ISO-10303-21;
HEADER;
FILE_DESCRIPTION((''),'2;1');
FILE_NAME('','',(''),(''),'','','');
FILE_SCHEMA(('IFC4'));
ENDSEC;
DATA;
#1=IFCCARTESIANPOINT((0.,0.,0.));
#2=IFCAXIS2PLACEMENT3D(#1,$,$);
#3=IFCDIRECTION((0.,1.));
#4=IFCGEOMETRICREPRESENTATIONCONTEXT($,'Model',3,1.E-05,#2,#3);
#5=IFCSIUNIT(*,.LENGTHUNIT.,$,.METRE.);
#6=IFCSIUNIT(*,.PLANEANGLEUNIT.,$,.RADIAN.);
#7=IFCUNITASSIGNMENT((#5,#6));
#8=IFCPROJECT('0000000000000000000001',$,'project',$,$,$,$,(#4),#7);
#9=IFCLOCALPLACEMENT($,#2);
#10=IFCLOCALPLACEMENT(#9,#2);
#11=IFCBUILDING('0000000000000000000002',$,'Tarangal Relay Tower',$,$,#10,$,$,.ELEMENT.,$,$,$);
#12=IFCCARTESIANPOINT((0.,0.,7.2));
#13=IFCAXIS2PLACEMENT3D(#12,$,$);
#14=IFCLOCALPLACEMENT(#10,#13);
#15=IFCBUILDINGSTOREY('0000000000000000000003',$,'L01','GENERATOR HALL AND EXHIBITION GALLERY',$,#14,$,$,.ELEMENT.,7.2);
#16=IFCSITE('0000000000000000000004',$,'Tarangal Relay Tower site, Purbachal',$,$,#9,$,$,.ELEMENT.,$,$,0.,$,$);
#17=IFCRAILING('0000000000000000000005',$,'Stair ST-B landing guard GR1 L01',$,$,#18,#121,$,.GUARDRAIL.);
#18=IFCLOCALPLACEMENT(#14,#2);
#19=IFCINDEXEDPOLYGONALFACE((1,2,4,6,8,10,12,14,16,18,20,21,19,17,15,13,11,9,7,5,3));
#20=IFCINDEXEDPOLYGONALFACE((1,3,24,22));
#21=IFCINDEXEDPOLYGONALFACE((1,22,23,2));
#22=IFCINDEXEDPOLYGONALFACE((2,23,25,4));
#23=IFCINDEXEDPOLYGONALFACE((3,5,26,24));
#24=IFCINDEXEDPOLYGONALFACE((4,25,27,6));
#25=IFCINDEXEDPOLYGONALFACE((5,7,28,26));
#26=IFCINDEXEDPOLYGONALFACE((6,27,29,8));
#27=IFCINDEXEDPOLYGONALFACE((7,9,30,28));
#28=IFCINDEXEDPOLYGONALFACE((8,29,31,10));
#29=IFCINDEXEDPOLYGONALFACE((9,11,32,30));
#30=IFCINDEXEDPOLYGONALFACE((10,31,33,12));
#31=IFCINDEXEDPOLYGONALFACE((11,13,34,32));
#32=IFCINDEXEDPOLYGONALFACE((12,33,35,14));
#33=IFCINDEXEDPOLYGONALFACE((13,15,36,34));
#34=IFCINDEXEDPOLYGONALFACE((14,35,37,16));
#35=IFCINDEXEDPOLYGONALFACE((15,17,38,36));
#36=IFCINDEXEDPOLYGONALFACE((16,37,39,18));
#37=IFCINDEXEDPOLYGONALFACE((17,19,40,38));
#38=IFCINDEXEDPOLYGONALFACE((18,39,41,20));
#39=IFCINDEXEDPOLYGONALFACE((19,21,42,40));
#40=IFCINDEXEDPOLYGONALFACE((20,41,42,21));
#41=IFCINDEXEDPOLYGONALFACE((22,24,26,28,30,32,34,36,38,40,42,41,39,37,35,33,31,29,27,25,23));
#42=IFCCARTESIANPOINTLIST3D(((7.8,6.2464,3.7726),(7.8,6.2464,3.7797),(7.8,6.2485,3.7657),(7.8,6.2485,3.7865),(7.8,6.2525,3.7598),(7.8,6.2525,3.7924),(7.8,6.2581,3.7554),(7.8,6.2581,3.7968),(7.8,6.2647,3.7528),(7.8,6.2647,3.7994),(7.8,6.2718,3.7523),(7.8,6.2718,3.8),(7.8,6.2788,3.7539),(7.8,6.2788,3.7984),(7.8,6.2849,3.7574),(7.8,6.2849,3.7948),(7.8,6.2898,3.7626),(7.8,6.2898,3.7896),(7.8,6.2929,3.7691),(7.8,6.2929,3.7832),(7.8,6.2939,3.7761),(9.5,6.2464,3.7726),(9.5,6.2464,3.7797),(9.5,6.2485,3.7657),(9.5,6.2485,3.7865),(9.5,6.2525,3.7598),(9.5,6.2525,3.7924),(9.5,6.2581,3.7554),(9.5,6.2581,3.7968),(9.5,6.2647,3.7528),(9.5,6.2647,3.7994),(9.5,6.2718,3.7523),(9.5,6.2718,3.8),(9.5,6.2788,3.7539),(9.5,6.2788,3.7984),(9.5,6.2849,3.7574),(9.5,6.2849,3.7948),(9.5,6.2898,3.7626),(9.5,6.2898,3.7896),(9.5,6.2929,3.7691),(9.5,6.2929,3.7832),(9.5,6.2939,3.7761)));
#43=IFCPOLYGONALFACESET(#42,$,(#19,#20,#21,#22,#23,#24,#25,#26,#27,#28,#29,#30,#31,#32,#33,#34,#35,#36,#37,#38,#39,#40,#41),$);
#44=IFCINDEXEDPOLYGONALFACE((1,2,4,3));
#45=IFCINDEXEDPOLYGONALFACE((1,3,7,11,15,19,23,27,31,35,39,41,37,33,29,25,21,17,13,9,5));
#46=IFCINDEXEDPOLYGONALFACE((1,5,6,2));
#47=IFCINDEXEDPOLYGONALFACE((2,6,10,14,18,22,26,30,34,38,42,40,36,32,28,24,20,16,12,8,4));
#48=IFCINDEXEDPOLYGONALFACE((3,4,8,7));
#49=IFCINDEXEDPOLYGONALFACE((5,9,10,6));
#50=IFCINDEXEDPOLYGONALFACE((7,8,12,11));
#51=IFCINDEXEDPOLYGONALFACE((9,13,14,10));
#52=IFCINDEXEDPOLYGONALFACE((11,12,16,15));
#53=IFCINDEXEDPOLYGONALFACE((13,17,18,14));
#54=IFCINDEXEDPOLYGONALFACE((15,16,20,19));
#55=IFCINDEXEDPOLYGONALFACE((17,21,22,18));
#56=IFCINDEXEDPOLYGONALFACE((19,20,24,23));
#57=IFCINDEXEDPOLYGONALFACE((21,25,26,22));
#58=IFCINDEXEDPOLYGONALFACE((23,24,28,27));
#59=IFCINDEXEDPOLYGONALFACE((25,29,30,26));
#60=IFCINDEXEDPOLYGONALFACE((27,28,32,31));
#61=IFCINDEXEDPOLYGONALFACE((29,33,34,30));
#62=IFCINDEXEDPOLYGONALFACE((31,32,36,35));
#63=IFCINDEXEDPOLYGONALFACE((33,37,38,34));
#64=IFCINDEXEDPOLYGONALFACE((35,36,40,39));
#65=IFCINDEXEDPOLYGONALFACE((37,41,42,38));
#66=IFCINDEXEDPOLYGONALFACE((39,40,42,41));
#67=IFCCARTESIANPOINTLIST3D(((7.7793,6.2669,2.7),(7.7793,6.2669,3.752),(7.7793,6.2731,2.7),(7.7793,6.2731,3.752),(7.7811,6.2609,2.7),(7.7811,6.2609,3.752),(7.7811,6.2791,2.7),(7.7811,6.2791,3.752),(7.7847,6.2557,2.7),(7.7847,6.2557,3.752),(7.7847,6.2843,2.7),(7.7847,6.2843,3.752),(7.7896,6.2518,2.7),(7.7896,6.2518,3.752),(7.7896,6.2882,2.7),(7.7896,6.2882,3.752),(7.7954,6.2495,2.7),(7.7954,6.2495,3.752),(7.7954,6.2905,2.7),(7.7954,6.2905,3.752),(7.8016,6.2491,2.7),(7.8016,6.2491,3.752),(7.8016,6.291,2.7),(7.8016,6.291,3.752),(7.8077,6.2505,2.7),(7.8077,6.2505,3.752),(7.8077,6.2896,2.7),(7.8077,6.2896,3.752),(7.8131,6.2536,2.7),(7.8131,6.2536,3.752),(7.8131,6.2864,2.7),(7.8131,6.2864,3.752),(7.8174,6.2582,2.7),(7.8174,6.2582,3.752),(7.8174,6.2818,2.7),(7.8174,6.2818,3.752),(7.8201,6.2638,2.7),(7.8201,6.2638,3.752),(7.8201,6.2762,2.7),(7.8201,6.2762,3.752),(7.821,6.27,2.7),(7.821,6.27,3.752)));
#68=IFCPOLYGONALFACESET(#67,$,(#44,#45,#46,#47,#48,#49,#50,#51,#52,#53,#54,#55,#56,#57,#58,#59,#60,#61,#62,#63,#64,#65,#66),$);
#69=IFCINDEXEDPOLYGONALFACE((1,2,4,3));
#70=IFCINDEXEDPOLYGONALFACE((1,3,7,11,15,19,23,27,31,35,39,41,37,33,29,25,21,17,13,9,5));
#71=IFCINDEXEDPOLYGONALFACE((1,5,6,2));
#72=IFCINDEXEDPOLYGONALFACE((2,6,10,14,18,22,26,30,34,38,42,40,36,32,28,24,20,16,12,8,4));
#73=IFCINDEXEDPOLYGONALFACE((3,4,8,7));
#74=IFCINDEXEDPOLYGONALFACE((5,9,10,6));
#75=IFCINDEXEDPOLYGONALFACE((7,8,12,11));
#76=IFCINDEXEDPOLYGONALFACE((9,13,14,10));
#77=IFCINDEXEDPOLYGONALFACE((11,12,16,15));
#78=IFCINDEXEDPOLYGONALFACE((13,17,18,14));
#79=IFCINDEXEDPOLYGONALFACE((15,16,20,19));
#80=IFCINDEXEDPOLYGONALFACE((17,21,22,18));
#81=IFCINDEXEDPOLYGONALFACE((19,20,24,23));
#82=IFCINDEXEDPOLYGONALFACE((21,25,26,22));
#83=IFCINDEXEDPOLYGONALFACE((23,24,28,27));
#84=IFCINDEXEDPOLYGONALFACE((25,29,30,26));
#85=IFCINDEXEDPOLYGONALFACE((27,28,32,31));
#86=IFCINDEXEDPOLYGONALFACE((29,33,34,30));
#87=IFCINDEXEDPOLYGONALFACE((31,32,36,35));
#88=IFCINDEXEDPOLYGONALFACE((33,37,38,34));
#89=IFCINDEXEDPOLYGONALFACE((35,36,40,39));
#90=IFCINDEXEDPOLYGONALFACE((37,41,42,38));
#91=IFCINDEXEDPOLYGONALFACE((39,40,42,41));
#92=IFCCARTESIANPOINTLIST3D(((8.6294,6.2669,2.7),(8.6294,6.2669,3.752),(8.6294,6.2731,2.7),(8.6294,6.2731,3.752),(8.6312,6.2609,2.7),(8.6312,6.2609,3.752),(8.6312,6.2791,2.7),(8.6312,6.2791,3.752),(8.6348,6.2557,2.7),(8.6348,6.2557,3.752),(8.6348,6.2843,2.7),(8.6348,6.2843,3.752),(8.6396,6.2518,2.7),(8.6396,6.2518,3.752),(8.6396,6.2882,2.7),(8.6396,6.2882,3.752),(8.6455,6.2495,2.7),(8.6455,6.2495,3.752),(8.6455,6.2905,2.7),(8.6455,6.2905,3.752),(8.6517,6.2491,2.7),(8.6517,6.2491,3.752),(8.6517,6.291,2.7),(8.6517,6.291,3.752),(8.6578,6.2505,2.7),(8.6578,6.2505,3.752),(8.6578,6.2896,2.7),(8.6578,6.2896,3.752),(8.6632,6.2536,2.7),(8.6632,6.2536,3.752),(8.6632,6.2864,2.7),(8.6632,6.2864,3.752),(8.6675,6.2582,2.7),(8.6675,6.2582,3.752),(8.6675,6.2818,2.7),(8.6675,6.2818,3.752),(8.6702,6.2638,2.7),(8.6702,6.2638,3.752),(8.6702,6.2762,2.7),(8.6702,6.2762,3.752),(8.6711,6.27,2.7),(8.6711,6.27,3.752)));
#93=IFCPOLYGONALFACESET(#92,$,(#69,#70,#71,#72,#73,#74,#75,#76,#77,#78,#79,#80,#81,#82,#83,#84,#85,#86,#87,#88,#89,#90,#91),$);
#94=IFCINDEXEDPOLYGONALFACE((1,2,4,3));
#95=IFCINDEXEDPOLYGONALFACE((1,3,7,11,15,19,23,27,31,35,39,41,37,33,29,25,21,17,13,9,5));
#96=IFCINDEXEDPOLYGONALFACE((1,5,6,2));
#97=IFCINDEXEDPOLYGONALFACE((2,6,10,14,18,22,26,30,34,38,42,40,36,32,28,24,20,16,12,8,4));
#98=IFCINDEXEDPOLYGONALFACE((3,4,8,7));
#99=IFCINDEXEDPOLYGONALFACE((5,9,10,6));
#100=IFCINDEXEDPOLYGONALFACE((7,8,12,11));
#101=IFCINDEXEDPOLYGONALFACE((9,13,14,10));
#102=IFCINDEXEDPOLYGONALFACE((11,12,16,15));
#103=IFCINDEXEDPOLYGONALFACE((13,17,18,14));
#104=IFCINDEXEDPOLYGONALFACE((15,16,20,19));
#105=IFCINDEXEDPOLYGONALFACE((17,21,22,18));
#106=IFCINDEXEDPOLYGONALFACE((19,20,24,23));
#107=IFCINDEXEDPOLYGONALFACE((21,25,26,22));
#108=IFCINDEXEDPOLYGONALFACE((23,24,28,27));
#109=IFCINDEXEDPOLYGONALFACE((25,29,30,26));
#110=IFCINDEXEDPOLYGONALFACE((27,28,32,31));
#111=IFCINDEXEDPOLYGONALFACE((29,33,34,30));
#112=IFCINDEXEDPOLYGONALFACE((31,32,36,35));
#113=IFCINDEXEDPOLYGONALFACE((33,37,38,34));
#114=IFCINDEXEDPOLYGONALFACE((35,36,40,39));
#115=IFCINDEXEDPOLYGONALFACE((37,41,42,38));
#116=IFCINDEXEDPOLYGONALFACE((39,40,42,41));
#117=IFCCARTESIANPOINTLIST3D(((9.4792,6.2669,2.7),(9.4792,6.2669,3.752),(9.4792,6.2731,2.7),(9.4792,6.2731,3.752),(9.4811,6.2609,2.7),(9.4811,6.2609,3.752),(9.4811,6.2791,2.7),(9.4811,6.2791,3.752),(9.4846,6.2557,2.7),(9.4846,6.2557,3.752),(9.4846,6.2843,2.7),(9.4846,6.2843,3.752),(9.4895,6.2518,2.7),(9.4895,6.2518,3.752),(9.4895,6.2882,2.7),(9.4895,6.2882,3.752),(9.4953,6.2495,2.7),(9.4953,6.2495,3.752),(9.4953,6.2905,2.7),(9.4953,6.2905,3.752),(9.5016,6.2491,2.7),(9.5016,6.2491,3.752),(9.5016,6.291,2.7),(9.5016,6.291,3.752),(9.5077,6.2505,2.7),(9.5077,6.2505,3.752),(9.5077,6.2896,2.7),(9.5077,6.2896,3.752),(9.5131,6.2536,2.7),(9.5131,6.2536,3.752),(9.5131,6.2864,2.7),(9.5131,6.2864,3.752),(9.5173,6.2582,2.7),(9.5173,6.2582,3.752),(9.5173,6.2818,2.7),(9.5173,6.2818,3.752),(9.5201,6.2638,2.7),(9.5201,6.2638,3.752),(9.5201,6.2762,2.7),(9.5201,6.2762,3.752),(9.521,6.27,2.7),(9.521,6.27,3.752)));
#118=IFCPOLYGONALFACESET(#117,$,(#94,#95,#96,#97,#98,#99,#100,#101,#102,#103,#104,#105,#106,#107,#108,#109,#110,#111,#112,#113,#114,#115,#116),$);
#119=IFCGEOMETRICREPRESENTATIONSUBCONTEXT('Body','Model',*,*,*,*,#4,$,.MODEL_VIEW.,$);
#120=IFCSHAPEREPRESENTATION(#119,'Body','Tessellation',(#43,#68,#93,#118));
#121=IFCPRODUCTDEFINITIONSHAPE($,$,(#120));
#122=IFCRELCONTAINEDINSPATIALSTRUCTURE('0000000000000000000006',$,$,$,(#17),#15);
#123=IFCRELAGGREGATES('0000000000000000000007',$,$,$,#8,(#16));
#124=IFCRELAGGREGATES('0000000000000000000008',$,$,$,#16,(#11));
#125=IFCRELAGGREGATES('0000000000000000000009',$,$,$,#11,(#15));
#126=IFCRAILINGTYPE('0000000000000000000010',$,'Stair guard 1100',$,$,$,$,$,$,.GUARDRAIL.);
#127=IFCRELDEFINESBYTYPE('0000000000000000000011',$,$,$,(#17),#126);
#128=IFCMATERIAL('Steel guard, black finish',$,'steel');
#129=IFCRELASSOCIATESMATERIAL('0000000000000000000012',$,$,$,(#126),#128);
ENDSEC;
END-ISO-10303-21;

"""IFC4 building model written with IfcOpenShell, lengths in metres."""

from ifc_helpers import new_model, si_unit, direction, frame, origin, origin_2d, place, context, subcontext, project, spatial, circle, extrude, material, type_object, element, save


model = new_model("IFC4")

# Units and contexts
model_context = context("Model", 3, precision=1e-05, world=origin(), true_north=direction((0.0, 1.0)))
body_context = subcontext(model_context, "Body", "Model", "MODEL_VIEW")
ifc_project = project(units=[si_unit("LENGTHUNIT", "METRE"), si_unit("PLANEANGLEUNIT", "RADIAN")], contexts=[model_context])

# Site, building, storey
site_placement = place(None, origin())
site = spatial("IfcSite", under=ifc_project, at=site_placement, Name="Tarangal Relay Tower site, Purbachal", CompositionType="ELEMENT", RefElevation=0.0)
building_placement = place(site_placement, origin())
building = spatial("IfcBuilding", under=site, at=building_placement, Name="Tarangal Relay Tower", CompositionType="ELEMENT")
storey_placement = place(building_placement, frame((0.0, 0.0, 7.2)))
storey = spatial("IfcBuildingStorey", under=building, at=storey_placement, Name="L01", Description="GENERATOR HALL AND EXHIBITION GALLERY", CompositionType="ELEMENT", Elevation=7.2)

# Railing
ifc_material_1 = material(Name="Steel guard, black finish", Category="steel")
railing_type_1 = type_object("IfcRailingType", Name="Stair guard 1100", PredefinedType="GUARDRAIL", material=ifc_material_1)
for number, where, name in (
    (1, (7.8, 6.27, 2.7), "Stair ST-B landing guard GR1 L01"),
):
    element("IfcRailing", number, at=place(storey_placement, frame(where)), inside=storey, type_object=railing_type_1, Name=name, PredefinedType="GUARDRAIL", context=body_context, shape_type="SweptSolid", body=[
        extrude(circle(Radius=0.0239, at=origin_2d()), frame((0.0, 0.0, 1.0762), z_axis=(1.0, 0.0, 0.0), x_axis=(0.0, 1.0, 0.0)), (0.0, 0.0, 1.0), 1.7),
        extrude(circle(Radius=0.021, at=origin_2d()), origin(), (0.0, 0.0, 1.0), 1.052),
        extrude(circle(Radius=0.021, at=origin_2d()), frame((0.8501, 0.0, 0.0)), (0.0, 0.0, 1.0), 1.052),
        extrude(circle(Radius=0.021, at=origin_2d()), frame((1.7, 0.0, 0.0)), (0.0, 0.0, 1.0), 1.052),
    ])

save(model, "model.ifc")
